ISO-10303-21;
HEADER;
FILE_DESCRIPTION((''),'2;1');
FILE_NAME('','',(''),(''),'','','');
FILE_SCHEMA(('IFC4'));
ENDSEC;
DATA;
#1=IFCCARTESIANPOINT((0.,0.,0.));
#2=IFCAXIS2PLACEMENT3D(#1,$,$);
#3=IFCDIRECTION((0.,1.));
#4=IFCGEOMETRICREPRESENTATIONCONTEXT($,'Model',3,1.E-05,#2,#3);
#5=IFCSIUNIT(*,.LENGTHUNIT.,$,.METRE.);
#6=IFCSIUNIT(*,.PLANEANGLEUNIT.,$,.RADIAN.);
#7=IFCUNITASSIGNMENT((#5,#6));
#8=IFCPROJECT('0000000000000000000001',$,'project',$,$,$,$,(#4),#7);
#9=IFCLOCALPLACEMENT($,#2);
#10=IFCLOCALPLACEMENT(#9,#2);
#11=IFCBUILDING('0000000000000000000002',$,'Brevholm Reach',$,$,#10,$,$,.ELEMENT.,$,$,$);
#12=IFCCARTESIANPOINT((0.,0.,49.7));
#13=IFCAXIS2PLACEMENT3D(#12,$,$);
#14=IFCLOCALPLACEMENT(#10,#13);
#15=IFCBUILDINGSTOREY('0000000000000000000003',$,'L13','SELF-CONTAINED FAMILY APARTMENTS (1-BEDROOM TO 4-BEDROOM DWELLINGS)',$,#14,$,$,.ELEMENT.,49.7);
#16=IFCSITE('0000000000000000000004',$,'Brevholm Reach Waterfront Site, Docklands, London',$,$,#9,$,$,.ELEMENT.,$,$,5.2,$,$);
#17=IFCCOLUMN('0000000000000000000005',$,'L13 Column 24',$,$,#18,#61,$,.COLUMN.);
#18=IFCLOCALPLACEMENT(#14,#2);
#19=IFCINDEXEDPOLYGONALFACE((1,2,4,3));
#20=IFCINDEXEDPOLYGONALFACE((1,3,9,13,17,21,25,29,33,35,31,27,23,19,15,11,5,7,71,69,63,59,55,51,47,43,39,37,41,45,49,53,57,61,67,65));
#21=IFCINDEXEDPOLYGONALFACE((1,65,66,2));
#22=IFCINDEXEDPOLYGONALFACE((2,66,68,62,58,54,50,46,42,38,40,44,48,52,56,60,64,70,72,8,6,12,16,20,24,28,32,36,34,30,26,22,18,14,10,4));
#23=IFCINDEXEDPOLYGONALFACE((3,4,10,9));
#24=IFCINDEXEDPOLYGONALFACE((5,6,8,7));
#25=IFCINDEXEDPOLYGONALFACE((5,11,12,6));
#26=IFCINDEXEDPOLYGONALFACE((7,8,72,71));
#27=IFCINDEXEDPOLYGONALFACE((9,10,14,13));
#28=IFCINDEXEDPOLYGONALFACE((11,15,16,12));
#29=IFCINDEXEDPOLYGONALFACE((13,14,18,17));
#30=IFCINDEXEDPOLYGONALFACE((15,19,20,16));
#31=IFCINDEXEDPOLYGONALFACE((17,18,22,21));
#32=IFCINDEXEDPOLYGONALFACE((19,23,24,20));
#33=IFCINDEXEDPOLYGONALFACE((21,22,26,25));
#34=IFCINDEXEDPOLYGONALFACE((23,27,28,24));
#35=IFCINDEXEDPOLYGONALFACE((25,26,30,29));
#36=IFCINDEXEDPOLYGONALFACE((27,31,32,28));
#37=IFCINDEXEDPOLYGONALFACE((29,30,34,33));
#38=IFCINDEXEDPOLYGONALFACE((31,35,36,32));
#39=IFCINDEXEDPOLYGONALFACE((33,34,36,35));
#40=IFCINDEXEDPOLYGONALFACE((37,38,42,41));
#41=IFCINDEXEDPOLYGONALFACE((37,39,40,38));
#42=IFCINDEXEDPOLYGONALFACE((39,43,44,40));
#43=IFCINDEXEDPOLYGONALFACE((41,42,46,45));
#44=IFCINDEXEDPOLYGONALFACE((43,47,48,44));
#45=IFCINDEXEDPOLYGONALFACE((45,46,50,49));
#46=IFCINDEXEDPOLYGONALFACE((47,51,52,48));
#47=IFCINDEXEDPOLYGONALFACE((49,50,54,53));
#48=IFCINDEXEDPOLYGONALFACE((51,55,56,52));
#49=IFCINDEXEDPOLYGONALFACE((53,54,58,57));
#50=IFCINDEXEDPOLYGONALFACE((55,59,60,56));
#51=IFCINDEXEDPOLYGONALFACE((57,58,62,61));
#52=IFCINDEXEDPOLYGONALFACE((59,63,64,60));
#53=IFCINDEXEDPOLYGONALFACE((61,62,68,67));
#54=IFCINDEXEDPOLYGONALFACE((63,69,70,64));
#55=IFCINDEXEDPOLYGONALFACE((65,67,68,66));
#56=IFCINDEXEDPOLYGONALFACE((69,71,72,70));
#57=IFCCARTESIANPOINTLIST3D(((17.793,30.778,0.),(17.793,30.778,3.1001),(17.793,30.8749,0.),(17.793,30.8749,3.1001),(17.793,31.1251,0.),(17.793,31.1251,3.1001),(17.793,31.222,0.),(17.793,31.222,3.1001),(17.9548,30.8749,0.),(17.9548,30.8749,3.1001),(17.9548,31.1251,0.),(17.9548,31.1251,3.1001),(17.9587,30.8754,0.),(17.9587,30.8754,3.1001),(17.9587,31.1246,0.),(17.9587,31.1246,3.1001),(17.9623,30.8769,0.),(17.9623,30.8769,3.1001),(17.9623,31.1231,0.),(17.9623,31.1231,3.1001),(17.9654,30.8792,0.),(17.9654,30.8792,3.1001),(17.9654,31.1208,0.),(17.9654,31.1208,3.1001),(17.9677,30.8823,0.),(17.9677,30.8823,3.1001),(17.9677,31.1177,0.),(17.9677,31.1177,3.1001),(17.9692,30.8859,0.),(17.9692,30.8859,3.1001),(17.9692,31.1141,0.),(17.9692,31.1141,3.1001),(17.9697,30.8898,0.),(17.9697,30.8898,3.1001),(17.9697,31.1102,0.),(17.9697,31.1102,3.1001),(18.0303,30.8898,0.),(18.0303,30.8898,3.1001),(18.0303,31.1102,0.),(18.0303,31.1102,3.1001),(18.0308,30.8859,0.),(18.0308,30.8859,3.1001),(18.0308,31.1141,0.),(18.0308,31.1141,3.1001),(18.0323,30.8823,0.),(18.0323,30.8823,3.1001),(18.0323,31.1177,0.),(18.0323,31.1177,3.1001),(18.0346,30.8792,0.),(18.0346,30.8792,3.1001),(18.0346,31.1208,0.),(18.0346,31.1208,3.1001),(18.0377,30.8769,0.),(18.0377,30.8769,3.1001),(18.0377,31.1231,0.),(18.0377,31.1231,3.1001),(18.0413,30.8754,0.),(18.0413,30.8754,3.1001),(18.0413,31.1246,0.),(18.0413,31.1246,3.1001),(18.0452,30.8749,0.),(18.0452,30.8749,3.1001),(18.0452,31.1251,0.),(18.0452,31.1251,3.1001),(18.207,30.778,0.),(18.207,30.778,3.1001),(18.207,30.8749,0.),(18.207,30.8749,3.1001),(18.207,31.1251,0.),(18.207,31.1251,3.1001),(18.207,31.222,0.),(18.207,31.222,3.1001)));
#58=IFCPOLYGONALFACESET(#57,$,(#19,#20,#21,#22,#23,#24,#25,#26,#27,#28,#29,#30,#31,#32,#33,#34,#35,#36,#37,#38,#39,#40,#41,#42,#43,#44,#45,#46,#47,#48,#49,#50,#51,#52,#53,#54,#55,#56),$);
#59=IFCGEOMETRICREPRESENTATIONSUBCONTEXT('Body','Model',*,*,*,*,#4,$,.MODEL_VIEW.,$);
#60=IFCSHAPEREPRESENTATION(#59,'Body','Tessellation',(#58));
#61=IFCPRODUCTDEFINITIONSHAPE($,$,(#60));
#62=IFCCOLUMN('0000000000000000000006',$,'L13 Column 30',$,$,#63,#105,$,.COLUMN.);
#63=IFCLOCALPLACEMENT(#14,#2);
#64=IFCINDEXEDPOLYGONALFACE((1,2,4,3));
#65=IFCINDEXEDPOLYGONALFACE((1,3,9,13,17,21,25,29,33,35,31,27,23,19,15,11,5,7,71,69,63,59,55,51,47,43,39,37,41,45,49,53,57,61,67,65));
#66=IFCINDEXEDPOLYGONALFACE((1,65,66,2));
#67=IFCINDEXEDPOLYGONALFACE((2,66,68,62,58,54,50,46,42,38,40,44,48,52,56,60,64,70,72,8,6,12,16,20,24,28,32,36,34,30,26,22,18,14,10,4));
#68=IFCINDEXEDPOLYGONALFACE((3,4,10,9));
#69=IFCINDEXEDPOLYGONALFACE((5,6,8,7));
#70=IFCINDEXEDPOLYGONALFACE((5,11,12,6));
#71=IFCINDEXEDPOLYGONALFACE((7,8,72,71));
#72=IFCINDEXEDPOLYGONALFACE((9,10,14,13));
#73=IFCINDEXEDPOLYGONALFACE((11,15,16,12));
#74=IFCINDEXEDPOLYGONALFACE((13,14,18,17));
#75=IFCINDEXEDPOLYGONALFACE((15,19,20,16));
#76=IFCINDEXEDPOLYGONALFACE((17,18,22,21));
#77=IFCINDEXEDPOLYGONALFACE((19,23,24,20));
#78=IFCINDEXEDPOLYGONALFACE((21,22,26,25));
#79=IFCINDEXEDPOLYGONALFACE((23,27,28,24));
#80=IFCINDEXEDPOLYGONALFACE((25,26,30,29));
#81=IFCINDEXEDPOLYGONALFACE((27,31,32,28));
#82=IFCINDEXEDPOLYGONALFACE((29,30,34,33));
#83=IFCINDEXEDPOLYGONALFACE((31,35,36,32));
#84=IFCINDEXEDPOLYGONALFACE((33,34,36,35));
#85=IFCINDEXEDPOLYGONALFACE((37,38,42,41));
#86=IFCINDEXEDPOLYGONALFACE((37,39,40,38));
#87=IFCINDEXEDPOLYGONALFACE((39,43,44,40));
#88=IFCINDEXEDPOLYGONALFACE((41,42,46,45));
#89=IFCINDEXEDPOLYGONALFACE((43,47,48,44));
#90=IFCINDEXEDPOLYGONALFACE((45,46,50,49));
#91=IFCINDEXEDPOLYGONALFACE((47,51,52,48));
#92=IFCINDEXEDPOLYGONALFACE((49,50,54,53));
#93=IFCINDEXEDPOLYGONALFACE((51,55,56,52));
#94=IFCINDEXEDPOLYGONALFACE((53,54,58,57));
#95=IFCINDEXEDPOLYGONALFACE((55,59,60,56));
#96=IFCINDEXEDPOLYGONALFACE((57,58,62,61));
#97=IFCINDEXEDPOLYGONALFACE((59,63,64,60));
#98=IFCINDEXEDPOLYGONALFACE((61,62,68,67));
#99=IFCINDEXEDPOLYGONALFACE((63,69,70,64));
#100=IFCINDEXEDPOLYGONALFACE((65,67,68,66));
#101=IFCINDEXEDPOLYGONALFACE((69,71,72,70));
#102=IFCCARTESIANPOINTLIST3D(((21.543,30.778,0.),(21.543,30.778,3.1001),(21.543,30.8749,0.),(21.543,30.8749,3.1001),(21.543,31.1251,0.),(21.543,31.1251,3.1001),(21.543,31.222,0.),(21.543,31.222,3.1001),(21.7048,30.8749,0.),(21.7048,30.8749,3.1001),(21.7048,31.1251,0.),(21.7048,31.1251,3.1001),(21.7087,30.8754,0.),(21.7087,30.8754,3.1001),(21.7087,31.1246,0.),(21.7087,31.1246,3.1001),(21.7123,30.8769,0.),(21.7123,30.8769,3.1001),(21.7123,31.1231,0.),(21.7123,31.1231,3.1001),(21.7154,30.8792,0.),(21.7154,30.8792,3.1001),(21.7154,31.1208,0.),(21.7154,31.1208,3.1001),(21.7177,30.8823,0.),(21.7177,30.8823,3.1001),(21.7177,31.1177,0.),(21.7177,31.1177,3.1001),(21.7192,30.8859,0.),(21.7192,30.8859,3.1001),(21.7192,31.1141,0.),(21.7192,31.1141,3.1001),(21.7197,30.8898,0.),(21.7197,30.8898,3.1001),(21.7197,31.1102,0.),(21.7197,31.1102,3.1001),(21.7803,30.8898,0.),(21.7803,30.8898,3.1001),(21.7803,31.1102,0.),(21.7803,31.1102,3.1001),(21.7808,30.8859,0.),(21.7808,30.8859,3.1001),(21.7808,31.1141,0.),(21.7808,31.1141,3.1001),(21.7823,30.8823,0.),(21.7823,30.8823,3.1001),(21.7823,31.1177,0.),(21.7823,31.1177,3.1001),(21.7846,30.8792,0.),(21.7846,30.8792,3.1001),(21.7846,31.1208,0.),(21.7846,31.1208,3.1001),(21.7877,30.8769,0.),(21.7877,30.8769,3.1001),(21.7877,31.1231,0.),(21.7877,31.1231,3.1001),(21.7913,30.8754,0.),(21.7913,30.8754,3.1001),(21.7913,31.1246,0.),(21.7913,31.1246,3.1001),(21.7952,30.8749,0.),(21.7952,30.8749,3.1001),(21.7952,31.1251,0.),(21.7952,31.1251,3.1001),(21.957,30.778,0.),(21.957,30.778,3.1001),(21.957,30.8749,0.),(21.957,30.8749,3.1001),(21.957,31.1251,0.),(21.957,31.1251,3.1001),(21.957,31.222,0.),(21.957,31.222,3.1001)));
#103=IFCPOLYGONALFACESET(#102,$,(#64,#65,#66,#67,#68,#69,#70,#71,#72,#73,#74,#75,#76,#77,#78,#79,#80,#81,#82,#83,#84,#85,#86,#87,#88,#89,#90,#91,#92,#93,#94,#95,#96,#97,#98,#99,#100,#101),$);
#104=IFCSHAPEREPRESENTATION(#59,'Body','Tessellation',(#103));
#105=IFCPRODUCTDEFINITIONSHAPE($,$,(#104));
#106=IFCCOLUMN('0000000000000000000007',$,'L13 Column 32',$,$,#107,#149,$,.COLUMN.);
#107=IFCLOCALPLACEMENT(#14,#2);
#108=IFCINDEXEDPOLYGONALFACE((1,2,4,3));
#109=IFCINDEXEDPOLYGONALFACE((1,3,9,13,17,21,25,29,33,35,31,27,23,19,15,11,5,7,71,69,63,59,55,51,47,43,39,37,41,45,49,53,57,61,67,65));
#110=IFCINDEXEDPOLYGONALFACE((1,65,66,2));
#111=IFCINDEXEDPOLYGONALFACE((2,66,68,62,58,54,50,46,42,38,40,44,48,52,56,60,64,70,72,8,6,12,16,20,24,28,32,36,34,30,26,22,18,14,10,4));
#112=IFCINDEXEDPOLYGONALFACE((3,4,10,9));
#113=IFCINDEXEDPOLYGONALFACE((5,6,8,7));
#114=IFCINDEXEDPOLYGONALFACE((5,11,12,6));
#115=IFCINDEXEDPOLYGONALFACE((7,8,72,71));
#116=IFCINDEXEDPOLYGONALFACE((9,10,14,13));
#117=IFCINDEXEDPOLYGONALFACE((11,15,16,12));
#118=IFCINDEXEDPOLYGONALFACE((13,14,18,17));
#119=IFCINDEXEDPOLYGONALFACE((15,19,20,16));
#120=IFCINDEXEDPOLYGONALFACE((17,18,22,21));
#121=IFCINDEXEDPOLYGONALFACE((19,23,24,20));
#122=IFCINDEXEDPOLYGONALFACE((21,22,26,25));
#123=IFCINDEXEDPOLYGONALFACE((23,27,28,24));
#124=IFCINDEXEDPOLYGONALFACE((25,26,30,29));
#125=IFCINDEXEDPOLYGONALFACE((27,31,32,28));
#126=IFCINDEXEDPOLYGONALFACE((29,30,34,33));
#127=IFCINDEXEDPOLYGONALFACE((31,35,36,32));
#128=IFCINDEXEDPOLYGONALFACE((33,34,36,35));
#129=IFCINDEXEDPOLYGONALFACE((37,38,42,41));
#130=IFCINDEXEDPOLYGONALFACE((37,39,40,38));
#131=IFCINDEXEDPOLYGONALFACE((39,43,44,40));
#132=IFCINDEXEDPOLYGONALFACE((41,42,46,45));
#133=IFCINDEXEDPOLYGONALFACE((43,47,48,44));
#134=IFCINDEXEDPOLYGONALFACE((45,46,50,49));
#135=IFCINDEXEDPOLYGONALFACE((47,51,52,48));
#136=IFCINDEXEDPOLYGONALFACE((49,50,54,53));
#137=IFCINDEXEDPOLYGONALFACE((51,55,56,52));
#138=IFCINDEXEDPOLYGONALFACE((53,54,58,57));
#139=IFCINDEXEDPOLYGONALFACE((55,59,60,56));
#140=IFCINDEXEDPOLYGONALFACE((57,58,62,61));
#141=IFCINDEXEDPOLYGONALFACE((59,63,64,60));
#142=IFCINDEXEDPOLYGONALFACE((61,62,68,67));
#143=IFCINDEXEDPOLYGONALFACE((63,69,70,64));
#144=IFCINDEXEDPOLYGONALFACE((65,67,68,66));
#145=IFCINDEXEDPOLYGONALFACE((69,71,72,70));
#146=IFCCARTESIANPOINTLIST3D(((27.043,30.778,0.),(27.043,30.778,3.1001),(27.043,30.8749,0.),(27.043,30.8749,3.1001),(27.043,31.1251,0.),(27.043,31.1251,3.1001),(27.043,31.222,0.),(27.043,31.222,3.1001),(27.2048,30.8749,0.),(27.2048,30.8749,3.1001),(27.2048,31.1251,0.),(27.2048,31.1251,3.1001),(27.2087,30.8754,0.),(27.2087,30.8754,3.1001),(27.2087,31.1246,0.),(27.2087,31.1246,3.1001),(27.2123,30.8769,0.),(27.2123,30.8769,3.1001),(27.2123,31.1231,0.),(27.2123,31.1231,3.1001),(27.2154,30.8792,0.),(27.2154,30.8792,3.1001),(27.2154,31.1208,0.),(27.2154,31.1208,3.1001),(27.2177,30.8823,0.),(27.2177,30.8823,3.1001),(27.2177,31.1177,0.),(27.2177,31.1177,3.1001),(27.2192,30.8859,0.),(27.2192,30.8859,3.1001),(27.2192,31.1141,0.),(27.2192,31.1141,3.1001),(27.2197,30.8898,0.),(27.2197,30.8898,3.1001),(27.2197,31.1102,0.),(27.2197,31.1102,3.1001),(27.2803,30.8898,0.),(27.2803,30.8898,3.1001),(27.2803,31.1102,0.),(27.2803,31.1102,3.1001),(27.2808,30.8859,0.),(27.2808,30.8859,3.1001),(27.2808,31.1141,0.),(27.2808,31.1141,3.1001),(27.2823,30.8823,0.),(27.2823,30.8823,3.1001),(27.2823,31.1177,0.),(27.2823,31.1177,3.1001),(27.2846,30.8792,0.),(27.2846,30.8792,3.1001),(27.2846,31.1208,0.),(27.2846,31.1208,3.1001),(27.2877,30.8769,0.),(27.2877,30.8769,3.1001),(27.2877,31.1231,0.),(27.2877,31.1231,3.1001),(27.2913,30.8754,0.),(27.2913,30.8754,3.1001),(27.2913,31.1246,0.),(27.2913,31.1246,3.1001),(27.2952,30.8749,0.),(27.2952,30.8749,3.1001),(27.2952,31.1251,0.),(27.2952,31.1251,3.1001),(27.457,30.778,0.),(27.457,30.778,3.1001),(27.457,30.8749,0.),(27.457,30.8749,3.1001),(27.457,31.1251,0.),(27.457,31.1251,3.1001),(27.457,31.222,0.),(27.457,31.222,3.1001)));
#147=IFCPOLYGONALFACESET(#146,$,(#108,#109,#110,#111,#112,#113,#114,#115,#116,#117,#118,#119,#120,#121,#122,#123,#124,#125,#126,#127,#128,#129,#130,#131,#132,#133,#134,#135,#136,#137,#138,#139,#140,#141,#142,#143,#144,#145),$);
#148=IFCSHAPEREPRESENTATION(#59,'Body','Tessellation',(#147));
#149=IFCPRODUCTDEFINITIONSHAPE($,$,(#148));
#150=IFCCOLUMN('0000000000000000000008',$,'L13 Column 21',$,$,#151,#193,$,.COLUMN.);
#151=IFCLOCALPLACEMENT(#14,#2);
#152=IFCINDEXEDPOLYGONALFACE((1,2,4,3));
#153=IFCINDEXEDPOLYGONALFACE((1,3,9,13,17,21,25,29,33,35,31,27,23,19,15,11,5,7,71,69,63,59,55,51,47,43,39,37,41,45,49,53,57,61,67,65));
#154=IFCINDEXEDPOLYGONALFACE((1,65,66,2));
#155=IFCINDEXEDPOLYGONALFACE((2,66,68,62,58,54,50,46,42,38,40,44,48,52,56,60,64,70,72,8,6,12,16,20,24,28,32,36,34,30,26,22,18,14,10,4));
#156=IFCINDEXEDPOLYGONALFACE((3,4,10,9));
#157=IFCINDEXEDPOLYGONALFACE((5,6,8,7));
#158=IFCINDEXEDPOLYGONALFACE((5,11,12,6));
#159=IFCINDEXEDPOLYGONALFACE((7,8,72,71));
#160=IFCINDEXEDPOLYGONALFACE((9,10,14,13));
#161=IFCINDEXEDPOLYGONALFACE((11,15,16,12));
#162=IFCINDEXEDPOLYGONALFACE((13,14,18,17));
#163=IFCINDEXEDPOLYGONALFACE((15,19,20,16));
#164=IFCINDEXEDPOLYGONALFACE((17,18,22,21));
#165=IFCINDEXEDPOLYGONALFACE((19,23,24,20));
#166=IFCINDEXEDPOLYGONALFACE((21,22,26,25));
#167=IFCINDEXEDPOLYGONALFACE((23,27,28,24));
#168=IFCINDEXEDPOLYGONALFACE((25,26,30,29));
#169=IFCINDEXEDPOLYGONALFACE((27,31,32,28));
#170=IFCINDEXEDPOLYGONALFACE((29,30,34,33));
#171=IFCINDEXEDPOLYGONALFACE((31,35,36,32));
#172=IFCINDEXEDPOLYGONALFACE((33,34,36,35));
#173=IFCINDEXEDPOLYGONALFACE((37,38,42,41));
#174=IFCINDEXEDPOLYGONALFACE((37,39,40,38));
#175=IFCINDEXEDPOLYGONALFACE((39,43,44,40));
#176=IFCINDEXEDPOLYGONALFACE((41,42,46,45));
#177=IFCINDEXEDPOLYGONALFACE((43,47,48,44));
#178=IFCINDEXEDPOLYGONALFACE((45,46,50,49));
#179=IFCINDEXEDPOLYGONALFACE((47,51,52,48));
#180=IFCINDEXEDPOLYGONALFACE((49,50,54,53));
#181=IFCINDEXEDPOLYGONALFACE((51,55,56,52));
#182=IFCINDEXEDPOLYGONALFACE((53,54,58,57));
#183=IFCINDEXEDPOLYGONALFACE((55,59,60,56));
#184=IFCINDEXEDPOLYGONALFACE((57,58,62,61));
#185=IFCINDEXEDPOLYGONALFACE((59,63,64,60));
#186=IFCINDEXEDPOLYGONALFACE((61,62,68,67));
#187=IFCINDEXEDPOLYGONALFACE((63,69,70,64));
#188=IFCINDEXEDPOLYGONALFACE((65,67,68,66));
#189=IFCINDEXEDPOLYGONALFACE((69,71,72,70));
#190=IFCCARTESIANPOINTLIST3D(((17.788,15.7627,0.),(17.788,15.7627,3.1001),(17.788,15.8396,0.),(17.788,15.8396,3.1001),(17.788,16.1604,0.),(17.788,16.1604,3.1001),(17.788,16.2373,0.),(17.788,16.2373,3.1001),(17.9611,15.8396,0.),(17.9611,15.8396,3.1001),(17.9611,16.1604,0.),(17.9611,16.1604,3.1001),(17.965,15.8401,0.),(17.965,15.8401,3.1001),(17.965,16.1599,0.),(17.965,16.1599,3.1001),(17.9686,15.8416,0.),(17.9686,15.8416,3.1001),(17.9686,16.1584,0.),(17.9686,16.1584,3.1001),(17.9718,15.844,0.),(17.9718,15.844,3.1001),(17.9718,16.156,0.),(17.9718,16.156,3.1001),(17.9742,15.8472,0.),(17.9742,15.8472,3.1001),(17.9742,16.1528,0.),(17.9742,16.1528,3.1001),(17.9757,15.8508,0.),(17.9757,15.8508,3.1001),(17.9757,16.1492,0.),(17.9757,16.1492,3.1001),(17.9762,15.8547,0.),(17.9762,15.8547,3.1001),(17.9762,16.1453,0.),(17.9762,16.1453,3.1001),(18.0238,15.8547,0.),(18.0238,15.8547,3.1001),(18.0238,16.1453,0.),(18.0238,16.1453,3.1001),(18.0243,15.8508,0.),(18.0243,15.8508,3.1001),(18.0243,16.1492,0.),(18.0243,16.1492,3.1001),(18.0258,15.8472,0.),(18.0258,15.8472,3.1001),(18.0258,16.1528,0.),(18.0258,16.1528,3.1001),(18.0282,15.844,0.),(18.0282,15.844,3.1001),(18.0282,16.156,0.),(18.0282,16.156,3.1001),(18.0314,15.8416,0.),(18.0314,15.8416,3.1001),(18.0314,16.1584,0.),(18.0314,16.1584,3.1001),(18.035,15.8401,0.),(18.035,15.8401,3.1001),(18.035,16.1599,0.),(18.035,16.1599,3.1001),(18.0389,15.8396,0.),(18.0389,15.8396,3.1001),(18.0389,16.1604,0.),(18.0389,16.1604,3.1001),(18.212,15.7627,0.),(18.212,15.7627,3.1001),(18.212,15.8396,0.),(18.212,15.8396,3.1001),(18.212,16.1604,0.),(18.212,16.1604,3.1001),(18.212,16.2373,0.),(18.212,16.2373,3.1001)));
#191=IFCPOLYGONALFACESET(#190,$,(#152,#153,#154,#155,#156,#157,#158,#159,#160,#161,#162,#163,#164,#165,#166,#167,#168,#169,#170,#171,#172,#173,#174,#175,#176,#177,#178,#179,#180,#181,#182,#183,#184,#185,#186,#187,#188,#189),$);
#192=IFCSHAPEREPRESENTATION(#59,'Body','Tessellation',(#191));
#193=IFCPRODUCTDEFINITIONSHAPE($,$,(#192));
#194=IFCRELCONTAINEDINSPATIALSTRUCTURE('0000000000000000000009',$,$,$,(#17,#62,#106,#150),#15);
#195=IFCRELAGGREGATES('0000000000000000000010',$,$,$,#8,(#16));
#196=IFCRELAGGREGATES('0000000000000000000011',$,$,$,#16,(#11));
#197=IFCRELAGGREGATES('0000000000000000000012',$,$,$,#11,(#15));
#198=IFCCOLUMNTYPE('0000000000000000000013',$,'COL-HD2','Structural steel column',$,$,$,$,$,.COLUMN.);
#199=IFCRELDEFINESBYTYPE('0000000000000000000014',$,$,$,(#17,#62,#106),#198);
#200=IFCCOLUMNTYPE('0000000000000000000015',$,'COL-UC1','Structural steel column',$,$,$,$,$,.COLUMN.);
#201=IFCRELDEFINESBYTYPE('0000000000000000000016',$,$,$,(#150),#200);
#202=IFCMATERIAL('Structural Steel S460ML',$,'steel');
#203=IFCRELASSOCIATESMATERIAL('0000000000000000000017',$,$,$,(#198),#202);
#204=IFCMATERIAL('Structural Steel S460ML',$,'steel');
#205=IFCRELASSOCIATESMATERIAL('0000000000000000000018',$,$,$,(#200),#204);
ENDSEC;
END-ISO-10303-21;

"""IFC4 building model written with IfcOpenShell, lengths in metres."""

from ifc_helpers import new_model, si_unit, direction, frame, origin, origin_2d, place, context, subcontext, project, spatial, i_section, extrude, material, material_profile, profile_set, type_object, element, save


model = new_model("IFC4")

# Units and contexts
model_context = context("Model", 3, precision=1e-05, world=origin(), true_north=direction((0.0, 1.0)))
body_context = subcontext(model_context, "Body", "Model", "MODEL_VIEW")
ifc_project = project(units=[si_unit("LENGTHUNIT", "METRE"), si_unit("PLANEANGLEUNIT", "RADIAN")], contexts=[model_context])

# Site, building, storey
site_placement = place(None, origin())
site = spatial("IfcSite", under=ifc_project, at=site_placement, Name="Brevholm Reach Waterfront Site, Docklands, London", CompositionType="ELEMENT", RefElevation=5.2)
building_placement = place(site_placement, origin())
building = spatial("IfcBuilding", under=site, at=building_placement, Name="Brevholm Reach", CompositionType="ELEMENT")
storey_placement = place(building_placement, frame((0.0, 0.0, 49.7)))
storey = spatial("IfcBuildingStorey", under=building, at=storey_placement, Name="L13", Description="SELF-CONTAINED FAMILY APARTMENTS (1-BEDROOM TO 4-BEDROOM DWELLINGS)", CompositionType="ELEMENT", Elevation=49.7)

# Columns
ifc_material_1 = material(Name="Structural Steel S460ML", Category="steel")
ifc_material_profile_1 = material_profile(ifc_material_1, i_section(OverallWidth=0.4141, OverallDepth=0.4441, WebThickness=0.0605, FlangeThickness=0.0969, FilletRadius=0.0149, at=origin_2d()), Name="HD 400x818")
ifc_profile_set_1 = profile_set([ifc_material_profile_1], Name="Structural Steel S460ML")
column_type_1 = type_object("IfcColumnType", Name="COL-HD2", Description="Structural steel column", PredefinedType="COLUMN", material=ifc_profile_set_1)
for number, where, z_axis, x_axis, name in (
    (1, (18.0, 31.0, 0.0), (0.0, 0.0, 1.0), (1.0, 0.0, 0.0), "L13 Column 24"),
    (2, (21.75, 31.0, 0.0), (0.0, 0.0, 1.0), (1.0, 0.0, 0.0), "L13 Column 30"),
    (3, (27.25, 31.0, 0.0), (0.0, 0.0, 1.0), (1.0, 0.0, 0.0), "L13 Column 32"),
):
    element("IfcColumn", number, at=place(storey_placement, frame(where, z_axis=z_axis, x_axis=x_axis)), inside=storey, type_object=column_type_1, Name=name, PredefinedType="COLUMN", context=body_context, shape_type="SweptSolid", body=[
        extrude(i_section(OverallWidth=0.4141, OverallDepth=0.4441, WebThickness=0.0605, FlangeThickness=0.0969, FilletRadius=0.0149, at=origin_2d()), origin(), (0.0, 0.0, 1.0), 3.1001),
    ])
ifc_material_2 = material(Name="Structural Steel S460ML", Category="steel")
ifc_material_profile_2 = material_profile(ifc_material_2, i_section(OverallWidth=0.4241, OverallDepth=0.4746, WebThickness=0.0476, FlangeThickness=0.0769, FilletRadius=0.0151, at=origin_2d()), Name="UKC 356x406x634")
ifc_profile_set_2 = profile_set([ifc_material_profile_2], Name="Structural Steel S460ML")
column_type_2 = type_object("IfcColumnType", Name="COL-UC1", Description="Structural steel column", PredefinedType="COLUMN", material=ifc_profile_set_2)
for number, where, z_axis, x_axis, name in (
    (4, (18.0, 16.0, 0.0), (0.0, 0.0, 1.0), (1.0, 0.0, 0.0), "L13 Column 21"),
):
    element("IfcColumn", number, at=place(storey_placement, frame(where, z_axis=z_axis, x_axis=x_axis)), inside=storey, type_object=column_type_2, Name=name, PredefinedType="COLUMN", context=body_context, shape_type="SweptSolid", body=[
        extrude(i_section(OverallWidth=0.4241, OverallDepth=0.4746, WebThickness=0.0476, FlangeThickness=0.0769, FilletRadius=0.0151, at=origin_2d()), origin(), (0.0, 0.0, 1.0), 3.1001),
    ])

save(model, "model.ifc")
